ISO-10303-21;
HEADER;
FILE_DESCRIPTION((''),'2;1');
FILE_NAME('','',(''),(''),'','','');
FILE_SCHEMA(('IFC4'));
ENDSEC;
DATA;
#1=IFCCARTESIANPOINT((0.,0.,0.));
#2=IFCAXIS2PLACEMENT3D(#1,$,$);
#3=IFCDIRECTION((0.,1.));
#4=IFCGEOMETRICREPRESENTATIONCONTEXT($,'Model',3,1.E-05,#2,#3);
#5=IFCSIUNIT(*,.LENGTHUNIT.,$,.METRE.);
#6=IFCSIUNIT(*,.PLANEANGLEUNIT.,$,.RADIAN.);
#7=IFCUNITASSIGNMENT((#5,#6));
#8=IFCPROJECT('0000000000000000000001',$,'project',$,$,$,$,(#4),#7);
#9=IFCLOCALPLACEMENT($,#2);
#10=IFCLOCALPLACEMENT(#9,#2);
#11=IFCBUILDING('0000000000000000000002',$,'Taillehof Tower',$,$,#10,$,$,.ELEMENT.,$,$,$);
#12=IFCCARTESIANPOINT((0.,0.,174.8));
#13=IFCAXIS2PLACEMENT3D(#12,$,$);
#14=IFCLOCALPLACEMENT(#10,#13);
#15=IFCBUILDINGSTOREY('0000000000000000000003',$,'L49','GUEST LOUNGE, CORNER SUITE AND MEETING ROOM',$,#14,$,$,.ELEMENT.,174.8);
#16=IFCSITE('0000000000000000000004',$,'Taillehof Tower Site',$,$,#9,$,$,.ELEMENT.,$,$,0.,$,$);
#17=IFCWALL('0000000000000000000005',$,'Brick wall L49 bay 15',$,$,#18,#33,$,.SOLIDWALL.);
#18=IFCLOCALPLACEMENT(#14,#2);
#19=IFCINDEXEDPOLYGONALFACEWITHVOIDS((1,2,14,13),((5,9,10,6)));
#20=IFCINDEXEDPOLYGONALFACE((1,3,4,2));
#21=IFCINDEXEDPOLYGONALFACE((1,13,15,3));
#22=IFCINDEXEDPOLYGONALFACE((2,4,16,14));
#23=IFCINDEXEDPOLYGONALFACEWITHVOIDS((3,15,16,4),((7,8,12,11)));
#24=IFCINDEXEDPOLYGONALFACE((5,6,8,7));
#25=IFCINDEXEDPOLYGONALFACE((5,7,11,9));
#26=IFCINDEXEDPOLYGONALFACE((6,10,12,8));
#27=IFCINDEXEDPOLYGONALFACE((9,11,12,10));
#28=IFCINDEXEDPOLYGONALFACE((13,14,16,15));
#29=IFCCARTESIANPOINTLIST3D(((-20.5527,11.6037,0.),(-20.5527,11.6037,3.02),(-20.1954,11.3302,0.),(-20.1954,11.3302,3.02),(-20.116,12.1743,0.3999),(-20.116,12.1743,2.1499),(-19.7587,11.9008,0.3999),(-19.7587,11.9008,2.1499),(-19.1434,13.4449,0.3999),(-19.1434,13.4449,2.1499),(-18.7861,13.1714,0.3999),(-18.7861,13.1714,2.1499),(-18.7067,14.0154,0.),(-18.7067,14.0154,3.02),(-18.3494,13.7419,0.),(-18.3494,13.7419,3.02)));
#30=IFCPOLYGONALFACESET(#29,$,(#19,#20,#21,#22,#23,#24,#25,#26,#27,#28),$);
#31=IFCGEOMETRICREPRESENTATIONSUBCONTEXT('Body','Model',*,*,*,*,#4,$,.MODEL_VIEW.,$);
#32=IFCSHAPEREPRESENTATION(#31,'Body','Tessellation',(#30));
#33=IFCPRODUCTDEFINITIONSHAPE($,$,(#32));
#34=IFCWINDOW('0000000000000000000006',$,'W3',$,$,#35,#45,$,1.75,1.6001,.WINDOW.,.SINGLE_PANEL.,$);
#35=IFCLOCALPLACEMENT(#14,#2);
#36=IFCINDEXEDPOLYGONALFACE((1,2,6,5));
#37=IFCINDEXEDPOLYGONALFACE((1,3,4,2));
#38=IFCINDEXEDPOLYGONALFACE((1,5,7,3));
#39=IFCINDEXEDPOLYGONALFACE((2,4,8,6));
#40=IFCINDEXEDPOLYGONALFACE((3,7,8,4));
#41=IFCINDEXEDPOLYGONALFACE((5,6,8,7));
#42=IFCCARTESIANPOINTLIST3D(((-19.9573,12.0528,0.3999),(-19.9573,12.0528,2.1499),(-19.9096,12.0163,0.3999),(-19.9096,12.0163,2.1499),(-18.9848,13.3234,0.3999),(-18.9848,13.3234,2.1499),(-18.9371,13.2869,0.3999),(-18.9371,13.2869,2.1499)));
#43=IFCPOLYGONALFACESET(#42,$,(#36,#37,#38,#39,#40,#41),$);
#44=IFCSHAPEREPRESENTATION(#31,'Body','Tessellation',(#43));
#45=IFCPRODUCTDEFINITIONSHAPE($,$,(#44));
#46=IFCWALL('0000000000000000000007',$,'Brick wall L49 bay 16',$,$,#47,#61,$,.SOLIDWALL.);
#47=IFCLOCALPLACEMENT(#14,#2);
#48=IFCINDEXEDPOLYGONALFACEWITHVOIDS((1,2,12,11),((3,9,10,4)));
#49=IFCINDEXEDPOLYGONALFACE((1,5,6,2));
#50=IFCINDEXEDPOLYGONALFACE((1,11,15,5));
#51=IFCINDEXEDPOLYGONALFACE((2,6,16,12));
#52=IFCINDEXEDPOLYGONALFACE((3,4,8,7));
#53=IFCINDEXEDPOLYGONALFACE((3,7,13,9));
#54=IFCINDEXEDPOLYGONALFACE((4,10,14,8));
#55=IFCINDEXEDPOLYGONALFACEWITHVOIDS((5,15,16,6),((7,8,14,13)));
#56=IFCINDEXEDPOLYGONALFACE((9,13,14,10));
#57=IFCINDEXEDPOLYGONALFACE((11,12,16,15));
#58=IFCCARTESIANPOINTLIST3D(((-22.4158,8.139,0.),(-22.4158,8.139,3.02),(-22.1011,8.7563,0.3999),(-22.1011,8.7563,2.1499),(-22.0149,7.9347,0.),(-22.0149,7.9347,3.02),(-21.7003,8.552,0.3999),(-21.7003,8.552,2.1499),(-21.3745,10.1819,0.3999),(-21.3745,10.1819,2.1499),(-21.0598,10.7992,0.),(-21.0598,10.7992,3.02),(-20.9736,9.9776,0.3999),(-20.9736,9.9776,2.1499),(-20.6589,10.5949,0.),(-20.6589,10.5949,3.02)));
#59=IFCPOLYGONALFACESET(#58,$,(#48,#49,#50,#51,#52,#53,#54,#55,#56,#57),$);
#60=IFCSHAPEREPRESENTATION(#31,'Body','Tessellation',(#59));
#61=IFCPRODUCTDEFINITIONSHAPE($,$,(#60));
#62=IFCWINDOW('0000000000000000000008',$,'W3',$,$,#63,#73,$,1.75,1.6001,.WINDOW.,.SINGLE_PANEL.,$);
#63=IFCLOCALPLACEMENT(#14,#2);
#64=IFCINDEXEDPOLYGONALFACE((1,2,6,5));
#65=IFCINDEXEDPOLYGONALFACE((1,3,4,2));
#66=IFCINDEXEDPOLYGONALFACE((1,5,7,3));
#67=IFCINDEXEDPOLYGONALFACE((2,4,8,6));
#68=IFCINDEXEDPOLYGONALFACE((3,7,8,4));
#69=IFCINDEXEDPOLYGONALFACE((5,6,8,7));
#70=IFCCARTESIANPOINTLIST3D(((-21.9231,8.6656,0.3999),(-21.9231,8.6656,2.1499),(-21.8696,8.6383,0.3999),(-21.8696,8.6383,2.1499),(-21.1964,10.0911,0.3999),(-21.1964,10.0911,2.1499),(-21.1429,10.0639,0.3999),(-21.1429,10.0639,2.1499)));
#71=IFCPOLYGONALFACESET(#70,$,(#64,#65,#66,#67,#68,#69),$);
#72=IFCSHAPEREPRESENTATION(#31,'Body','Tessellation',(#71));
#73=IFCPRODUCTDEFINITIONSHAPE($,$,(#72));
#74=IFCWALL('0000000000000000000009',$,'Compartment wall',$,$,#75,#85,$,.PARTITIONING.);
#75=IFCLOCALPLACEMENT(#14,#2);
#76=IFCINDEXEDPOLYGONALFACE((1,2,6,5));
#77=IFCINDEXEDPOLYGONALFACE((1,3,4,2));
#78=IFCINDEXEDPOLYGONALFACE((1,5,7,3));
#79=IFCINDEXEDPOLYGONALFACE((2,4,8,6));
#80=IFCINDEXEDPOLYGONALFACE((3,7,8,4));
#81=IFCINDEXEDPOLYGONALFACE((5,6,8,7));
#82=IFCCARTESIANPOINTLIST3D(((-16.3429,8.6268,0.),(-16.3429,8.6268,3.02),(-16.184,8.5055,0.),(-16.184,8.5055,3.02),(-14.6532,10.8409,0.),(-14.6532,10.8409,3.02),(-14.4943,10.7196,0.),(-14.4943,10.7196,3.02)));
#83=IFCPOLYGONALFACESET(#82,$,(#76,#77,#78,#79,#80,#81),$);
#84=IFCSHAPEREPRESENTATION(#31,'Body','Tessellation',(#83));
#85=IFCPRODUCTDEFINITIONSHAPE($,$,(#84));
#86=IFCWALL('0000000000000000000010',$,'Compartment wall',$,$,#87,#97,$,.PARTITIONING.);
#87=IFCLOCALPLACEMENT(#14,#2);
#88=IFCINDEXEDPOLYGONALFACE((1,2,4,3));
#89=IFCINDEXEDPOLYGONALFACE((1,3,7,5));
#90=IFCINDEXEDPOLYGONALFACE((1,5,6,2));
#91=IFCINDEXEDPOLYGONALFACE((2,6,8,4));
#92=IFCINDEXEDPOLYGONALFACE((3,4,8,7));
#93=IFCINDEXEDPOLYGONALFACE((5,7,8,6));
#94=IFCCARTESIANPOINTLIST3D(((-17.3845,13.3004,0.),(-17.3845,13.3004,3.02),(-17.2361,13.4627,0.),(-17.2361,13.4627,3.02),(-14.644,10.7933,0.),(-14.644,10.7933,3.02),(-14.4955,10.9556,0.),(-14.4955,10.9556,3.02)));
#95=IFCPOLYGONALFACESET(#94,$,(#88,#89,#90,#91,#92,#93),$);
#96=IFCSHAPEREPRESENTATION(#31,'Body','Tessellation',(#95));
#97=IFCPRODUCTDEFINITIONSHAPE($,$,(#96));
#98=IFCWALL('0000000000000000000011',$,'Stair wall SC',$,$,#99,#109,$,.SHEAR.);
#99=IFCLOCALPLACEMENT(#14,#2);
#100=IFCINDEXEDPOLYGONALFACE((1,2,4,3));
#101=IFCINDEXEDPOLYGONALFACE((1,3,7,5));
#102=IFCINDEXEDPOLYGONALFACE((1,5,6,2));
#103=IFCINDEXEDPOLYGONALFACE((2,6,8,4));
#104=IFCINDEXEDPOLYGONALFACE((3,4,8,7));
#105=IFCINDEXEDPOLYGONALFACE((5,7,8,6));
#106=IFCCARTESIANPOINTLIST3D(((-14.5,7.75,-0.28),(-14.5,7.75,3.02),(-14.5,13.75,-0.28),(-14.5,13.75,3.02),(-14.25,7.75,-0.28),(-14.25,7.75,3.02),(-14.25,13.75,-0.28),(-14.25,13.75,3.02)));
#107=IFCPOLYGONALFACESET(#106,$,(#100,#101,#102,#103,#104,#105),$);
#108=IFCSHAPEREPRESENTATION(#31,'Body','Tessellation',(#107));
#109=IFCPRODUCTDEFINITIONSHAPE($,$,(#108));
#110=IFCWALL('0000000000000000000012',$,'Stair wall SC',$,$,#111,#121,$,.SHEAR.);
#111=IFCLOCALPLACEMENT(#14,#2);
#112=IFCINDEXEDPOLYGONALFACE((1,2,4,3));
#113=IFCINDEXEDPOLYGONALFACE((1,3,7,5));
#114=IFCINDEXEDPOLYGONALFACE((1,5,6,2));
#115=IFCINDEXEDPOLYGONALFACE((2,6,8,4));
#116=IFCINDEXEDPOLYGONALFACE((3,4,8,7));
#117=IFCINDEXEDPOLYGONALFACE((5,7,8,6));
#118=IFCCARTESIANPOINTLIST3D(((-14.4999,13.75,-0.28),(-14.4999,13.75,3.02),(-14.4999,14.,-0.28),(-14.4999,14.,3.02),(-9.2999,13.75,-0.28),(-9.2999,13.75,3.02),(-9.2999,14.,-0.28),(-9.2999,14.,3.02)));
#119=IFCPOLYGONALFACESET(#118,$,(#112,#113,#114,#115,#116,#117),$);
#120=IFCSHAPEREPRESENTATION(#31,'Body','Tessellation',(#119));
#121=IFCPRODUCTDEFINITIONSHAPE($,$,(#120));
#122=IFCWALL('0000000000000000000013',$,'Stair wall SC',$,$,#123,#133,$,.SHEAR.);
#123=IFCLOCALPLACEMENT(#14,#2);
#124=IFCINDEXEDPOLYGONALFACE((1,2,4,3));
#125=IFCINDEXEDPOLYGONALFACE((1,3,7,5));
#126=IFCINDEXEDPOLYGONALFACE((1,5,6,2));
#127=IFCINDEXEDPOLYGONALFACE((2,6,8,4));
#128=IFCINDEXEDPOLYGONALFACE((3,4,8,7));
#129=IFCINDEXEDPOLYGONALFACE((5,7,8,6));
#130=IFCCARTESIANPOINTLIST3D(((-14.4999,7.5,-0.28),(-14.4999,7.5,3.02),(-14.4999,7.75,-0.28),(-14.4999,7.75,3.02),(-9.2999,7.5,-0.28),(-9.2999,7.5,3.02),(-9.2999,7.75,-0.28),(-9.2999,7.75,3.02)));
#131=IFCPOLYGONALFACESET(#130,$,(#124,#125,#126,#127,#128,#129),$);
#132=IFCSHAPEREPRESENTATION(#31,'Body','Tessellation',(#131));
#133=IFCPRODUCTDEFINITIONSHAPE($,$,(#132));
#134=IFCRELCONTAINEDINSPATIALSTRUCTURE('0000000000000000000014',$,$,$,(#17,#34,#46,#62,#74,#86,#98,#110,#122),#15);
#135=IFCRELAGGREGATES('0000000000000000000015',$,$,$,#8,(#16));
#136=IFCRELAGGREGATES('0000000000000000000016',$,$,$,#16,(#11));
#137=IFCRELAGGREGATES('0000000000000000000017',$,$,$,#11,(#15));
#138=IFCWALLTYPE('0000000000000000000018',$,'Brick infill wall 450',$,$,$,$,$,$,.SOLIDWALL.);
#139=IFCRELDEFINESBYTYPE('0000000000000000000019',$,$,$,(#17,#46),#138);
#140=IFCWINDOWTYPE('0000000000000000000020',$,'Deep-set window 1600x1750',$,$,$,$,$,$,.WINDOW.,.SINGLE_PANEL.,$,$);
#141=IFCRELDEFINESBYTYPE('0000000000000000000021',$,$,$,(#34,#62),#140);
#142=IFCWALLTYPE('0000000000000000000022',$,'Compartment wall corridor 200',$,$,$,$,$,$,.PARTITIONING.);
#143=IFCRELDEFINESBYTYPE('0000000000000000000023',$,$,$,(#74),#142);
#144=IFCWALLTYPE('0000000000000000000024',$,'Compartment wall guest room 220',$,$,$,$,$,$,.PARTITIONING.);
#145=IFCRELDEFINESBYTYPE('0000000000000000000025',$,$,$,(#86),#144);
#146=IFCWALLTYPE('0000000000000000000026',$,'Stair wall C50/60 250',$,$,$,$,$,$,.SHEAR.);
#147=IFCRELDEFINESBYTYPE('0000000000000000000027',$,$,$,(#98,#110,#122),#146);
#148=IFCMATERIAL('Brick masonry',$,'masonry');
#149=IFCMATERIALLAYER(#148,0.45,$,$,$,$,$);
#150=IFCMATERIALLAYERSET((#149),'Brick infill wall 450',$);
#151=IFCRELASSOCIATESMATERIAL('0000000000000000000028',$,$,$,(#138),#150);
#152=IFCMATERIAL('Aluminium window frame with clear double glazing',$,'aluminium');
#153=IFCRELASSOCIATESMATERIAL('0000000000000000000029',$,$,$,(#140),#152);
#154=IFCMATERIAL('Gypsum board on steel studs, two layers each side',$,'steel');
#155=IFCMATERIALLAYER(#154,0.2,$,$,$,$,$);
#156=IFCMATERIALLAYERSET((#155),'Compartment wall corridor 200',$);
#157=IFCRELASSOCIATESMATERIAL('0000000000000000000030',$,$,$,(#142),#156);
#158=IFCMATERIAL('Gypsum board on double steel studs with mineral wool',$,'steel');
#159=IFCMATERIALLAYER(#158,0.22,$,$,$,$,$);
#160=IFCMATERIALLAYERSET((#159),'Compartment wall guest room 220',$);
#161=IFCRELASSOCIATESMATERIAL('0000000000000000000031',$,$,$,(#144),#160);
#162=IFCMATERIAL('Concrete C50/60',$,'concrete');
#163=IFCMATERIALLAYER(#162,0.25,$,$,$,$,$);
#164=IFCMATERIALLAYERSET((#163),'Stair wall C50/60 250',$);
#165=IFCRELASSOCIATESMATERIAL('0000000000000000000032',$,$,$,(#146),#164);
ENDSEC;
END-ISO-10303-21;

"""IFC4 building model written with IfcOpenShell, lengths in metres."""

from ifc_helpers import new_model, si_unit, direction, frame, frame_2d, origin, place, context, subcontext, project, spatial, rectangle, extrude, material, layer, layer_set, type_object, element, fill, save


model = new_model("IFC4")

# Units and contexts
model_context = context("Model", 3, precision=1e-05, world=origin(), true_north=direction((0.0, 1.0)))
body_context = subcontext(model_context, "Body", "Model", "MODEL_VIEW")
ifc_project = project(units=[si_unit("LENGTHUNIT", "METRE"), si_unit("PLANEANGLEUNIT", "RADIAN")], contexts=[model_context])

# Site, building, storey
site_placement = place(None, origin())
site = spatial("IfcSite", under=ifc_project, at=site_placement, Name="Taillehof Tower Site", CompositionType="ELEMENT", RefElevation=0.0)
building_placement = place(site_placement, origin())
building = spatial("IfcBuilding", under=site, at=building_placement, Name="Taillehof Tower", CompositionType="ELEMENT")
storey_placement = place(building_placement, frame((0.0, 0.0, 174.8)))
storey = spatial("IfcBuildingStorey", under=building, at=storey_placement, Name="L49", Description="GUEST LOUNGE, CORNER SUITE AND MEETING ROOM", CompositionType="ELEMENT", Elevation=174.8)

# Walls, openings, windows
ifc_material_1 = material(Name="Brick masonry", Category="masonry")
ifc_layer_1 = layer(ifc_material_1, 0.45)
ifc_layer_set_1 = layer_set([ifc_layer_1], Name="Brick infill wall 450")
wall_type_1 = type_object("IfcWallType", Name="Brick infill wall 450", PredefinedType="SOLIDWALL", material=ifc_layer_set_1)
ifc_material_2 = material(Name="Aluminium window frame with clear double glazing", Category="aluminium")
window_type = type_object("IfcWindowType", Name="Deep-set window 1600x1750", PartitioningType="SINGLE_PANEL", PredefinedType="WINDOW", material=ifc_material_2)
wall_1_placement = place(storey_placement, frame((-18.5281, 13.8787, 0.0), z_axis=(0.0, 0.0, 1.0), x_axis=(-0.607817, -0.794077, 0.0)))
wall_1 = element("IfcWall", 1, at=wall_1_placement, inside=storey, type_object=wall_type_1, Name="Brick wall L49 bay 15", PredefinedType="SOLIDWALL", context=body_context, shape_type="SweptSolid", body=[
    extrude(rectangle(XDim=3.0371, YDim=0.45, at=frame_2d((1.5186, 0.0))), origin(), (0.0, 0.0, 1.0), 3.02),
])
opening_1_placement = place(wall_1_placement, frame((0.7185, 0.0, 0.3999)))
opening_1 = element("IfcOpeningElement", 2, at=opening_1_placement, cuts=wall_1, PredefinedType="OPENING", context=body_context, shape_type="SweptSolid", body=[
    extrude(rectangle(XDim=1.6001, YDim=1.75, at=frame_2d((0.8, 0.875))), frame((0.0, 0.2349, 0.0), z_axis=(0.0, -1.0, 0.0), x_axis=(1.0, 0.0, 0.0)), (0.0, 0.0, 1.0), 0.47),
])
window_1_placement = place(opening_1_placement, origin())
window_1 = element("IfcWindow", 3, at=window_1_placement, inside=storey, type_object=window_type, Name="W3", OverallHeight=1.75, OverallWidth=1.6001, PartitioningType="SINGLE_PANEL", PredefinedType="WINDOW", context=body_context, shape_type="SweptSolid", body=[
    extrude(rectangle(XDim=1.6001, YDim=1.75, at=frame_2d((0.8, 0.875))), frame((0.0, 0.0349, 0.0), z_axis=(0.0, -1.0, 0.0), x_axis=(1.0, 0.0, 0.0)), (0.0, 0.0, 1.0), 0.0601),
])
fill(opening_1, window_1)
wall_2_placement = place(storey_placement, frame((-20.8594, 10.697, 0.0), z_axis=(0.0, 0.0, 1.0), x_axis=(-0.454134, -0.890933, 0.0)))
wall_2 = element("IfcWall", 4, at=wall_2_placement, inside=storey, type_object=wall_type_1, Name="Brick wall L49 bay 16", PredefinedType="SOLIDWALL", context=body_context, shape_type="SweptSolid", body=[
    extrude(rectangle(XDim=2.9858, YDim=0.45, at=frame_2d((1.4929, 0.0))), origin(), (0.0, 0.0, 1.0), 3.02),
])
opening_2_placement = place(wall_2_placement, frame((0.6929, 0.0, 0.3999)))
opening_2 = element("IfcOpeningElement", 5, at=opening_2_placement, cuts=wall_2, PredefinedType="OPENING", context=body_context, shape_type="SweptSolid", body=[
    extrude(rectangle(XDim=1.6001, YDim=1.75, at=frame_2d((0.8, 0.875))), frame((0.0, 0.2349, 0.0), z_axis=(0.0, -1.0, 0.0), x_axis=(1.0, 0.0, 0.0)), (0.0, 0.0, 1.0), 0.47),
])
window_2_placement = place(opening_2_placement, origin())
window_2 = element("IfcWindow", 6, at=window_2_placement, inside=storey, type_object=window_type, Name="W3", OverallHeight=1.75, OverallWidth=1.6001, PartitioningType="SINGLE_PANEL", PredefinedType="WINDOW", context=body_context, shape_type="SweptSolid", body=[
    extrude(rectangle(XDim=1.6001, YDim=1.75, at=frame_2d((0.8, 0.875))), frame((0.0, 0.0349, 0.0), z_axis=(0.0, -1.0, 0.0), x_axis=(1.0, 0.0, 0.0)), (0.0, 0.0, 1.0), 0.0601),
])
fill(opening_2, window_2)

# Walls
ifc_material_3 = material(Name="Gypsum board on steel studs, two layers each side", Category="steel")
ifc_layer_2 = layer(ifc_material_3, 0.2)
ifc_layer_set_2 = layer_set([ifc_layer_2], Name="Compartment wall corridor 200")
wall_type_2 = type_object("IfcWallType", Name="Compartment wall corridor 200", PredefinedType="PARTITIONING", material=ifc_layer_set_2)
wall_3_placement = place(storey_placement, frame((-16.2634, 8.5662, 0.0), z_axis=(0.0, 0.0, 1.0), x_axis=(0.606669, 0.794955, 0.0)))
element("IfcWall", 7, at=wall_3_placement, inside=storey, type_object=wall_type_2, Name="Compartment wall", PredefinedType="PARTITIONING", context=body_context, shape_type="SweptSolid", body=[
    extrude(rectangle(XDim=2.7852, YDim=0.2, at=frame_2d((1.3926, 0.0))), origin(), (0.0, 0.0, 1.0), 3.02),
])
ifc_material_4 = material(Name="Gypsum board on double steel studs with mineral wool", Category="steel")
ifc_layer_3 = layer(ifc_material_4, 0.22)
ifc_layer_set_3 = layer_set([ifc_layer_3], Name="Compartment wall guest room 220")
wall_type_3 = type_object("IfcWallType", Name="Compartment wall guest room 220", PredefinedType="PARTITIONING", material=ifc_layer_set_3)
wall_4_placement = place(storey_placement, frame((-17.3103, 13.3816, 0.0), z_axis=(0.0, 0.0, 1.0), x_axis=(0.737828, -0.674989, 0.0)))
element("IfcWall", 8, at=wall_4_placement, inside=storey, type_object=wall_type_3, Name="Compartment wall", PredefinedType="PARTITIONING", context=body_context, shape_type="SweptSolid", body=[
    extrude(rectangle(XDim=3.7144, YDim=0.22, at=frame_2d((1.8572, 0.0))), origin(), (0.0, 0.0, 1.0), 3.02),
])
ifc_material_5 = material(Name="Concrete C50/60", Category="concrete")
ifc_layer_4 = layer(ifc_material_5, 0.25)
ifc_layer_set_4 = layer_set([ifc_layer_4], Name="Stair wall C50/60 250")
wall_type_4 = type_object("IfcWallType", Name="Stair wall C50/60 250", PredefinedType="SHEAR", material=ifc_layer_set_4)
wall_5_placement = place(storey_placement, frame((-14.375, 7.75, -0.28), z_axis=(0.0, 0.0, 1.0), x_axis=(0.0, 1.0, 0.0)))
element("IfcWall", 9, at=wall_5_placement, inside=storey, type_object=wall_type_4, Name="Stair wall SC", PredefinedType="SHEAR", context=body_context, shape_type="SweptSolid", body=[
    extrude(rectangle(XDim=6.0, YDim=0.25, at=frame_2d((3.0, 0.0))), origin(), (0.0, 0.0, 1.0), 3.3),
])
for number, where, z_axis, x_axis, name in (
    (10, (-14.5, 13.875, -0.28), (0.0, 0.0, 1.0), (1.0, 0.0, 0.0), "Stair wall SC"),
    (11, (-14.5, 7.625, -0.28), (0.0, 0.0, 1.0), (1.0, 0.0, 0.0), "Stair wall SC"),
):
    element("IfcWall", number, at=place(storey_placement, frame(where, z_axis=z_axis, x_axis=x_axis)), inside=storey, type_object=wall_type_4, Name=name, PredefinedType="SHEAR", context=body_context, shape_type="SweptSolid", body=[
        extrude(rectangle(XDim=5.2, YDim=0.25, at=frame_2d((2.6001, 0.0))), origin(), (0.0, 0.0, 1.0), 3.3),
    ])

save(model, "model.ifc")
